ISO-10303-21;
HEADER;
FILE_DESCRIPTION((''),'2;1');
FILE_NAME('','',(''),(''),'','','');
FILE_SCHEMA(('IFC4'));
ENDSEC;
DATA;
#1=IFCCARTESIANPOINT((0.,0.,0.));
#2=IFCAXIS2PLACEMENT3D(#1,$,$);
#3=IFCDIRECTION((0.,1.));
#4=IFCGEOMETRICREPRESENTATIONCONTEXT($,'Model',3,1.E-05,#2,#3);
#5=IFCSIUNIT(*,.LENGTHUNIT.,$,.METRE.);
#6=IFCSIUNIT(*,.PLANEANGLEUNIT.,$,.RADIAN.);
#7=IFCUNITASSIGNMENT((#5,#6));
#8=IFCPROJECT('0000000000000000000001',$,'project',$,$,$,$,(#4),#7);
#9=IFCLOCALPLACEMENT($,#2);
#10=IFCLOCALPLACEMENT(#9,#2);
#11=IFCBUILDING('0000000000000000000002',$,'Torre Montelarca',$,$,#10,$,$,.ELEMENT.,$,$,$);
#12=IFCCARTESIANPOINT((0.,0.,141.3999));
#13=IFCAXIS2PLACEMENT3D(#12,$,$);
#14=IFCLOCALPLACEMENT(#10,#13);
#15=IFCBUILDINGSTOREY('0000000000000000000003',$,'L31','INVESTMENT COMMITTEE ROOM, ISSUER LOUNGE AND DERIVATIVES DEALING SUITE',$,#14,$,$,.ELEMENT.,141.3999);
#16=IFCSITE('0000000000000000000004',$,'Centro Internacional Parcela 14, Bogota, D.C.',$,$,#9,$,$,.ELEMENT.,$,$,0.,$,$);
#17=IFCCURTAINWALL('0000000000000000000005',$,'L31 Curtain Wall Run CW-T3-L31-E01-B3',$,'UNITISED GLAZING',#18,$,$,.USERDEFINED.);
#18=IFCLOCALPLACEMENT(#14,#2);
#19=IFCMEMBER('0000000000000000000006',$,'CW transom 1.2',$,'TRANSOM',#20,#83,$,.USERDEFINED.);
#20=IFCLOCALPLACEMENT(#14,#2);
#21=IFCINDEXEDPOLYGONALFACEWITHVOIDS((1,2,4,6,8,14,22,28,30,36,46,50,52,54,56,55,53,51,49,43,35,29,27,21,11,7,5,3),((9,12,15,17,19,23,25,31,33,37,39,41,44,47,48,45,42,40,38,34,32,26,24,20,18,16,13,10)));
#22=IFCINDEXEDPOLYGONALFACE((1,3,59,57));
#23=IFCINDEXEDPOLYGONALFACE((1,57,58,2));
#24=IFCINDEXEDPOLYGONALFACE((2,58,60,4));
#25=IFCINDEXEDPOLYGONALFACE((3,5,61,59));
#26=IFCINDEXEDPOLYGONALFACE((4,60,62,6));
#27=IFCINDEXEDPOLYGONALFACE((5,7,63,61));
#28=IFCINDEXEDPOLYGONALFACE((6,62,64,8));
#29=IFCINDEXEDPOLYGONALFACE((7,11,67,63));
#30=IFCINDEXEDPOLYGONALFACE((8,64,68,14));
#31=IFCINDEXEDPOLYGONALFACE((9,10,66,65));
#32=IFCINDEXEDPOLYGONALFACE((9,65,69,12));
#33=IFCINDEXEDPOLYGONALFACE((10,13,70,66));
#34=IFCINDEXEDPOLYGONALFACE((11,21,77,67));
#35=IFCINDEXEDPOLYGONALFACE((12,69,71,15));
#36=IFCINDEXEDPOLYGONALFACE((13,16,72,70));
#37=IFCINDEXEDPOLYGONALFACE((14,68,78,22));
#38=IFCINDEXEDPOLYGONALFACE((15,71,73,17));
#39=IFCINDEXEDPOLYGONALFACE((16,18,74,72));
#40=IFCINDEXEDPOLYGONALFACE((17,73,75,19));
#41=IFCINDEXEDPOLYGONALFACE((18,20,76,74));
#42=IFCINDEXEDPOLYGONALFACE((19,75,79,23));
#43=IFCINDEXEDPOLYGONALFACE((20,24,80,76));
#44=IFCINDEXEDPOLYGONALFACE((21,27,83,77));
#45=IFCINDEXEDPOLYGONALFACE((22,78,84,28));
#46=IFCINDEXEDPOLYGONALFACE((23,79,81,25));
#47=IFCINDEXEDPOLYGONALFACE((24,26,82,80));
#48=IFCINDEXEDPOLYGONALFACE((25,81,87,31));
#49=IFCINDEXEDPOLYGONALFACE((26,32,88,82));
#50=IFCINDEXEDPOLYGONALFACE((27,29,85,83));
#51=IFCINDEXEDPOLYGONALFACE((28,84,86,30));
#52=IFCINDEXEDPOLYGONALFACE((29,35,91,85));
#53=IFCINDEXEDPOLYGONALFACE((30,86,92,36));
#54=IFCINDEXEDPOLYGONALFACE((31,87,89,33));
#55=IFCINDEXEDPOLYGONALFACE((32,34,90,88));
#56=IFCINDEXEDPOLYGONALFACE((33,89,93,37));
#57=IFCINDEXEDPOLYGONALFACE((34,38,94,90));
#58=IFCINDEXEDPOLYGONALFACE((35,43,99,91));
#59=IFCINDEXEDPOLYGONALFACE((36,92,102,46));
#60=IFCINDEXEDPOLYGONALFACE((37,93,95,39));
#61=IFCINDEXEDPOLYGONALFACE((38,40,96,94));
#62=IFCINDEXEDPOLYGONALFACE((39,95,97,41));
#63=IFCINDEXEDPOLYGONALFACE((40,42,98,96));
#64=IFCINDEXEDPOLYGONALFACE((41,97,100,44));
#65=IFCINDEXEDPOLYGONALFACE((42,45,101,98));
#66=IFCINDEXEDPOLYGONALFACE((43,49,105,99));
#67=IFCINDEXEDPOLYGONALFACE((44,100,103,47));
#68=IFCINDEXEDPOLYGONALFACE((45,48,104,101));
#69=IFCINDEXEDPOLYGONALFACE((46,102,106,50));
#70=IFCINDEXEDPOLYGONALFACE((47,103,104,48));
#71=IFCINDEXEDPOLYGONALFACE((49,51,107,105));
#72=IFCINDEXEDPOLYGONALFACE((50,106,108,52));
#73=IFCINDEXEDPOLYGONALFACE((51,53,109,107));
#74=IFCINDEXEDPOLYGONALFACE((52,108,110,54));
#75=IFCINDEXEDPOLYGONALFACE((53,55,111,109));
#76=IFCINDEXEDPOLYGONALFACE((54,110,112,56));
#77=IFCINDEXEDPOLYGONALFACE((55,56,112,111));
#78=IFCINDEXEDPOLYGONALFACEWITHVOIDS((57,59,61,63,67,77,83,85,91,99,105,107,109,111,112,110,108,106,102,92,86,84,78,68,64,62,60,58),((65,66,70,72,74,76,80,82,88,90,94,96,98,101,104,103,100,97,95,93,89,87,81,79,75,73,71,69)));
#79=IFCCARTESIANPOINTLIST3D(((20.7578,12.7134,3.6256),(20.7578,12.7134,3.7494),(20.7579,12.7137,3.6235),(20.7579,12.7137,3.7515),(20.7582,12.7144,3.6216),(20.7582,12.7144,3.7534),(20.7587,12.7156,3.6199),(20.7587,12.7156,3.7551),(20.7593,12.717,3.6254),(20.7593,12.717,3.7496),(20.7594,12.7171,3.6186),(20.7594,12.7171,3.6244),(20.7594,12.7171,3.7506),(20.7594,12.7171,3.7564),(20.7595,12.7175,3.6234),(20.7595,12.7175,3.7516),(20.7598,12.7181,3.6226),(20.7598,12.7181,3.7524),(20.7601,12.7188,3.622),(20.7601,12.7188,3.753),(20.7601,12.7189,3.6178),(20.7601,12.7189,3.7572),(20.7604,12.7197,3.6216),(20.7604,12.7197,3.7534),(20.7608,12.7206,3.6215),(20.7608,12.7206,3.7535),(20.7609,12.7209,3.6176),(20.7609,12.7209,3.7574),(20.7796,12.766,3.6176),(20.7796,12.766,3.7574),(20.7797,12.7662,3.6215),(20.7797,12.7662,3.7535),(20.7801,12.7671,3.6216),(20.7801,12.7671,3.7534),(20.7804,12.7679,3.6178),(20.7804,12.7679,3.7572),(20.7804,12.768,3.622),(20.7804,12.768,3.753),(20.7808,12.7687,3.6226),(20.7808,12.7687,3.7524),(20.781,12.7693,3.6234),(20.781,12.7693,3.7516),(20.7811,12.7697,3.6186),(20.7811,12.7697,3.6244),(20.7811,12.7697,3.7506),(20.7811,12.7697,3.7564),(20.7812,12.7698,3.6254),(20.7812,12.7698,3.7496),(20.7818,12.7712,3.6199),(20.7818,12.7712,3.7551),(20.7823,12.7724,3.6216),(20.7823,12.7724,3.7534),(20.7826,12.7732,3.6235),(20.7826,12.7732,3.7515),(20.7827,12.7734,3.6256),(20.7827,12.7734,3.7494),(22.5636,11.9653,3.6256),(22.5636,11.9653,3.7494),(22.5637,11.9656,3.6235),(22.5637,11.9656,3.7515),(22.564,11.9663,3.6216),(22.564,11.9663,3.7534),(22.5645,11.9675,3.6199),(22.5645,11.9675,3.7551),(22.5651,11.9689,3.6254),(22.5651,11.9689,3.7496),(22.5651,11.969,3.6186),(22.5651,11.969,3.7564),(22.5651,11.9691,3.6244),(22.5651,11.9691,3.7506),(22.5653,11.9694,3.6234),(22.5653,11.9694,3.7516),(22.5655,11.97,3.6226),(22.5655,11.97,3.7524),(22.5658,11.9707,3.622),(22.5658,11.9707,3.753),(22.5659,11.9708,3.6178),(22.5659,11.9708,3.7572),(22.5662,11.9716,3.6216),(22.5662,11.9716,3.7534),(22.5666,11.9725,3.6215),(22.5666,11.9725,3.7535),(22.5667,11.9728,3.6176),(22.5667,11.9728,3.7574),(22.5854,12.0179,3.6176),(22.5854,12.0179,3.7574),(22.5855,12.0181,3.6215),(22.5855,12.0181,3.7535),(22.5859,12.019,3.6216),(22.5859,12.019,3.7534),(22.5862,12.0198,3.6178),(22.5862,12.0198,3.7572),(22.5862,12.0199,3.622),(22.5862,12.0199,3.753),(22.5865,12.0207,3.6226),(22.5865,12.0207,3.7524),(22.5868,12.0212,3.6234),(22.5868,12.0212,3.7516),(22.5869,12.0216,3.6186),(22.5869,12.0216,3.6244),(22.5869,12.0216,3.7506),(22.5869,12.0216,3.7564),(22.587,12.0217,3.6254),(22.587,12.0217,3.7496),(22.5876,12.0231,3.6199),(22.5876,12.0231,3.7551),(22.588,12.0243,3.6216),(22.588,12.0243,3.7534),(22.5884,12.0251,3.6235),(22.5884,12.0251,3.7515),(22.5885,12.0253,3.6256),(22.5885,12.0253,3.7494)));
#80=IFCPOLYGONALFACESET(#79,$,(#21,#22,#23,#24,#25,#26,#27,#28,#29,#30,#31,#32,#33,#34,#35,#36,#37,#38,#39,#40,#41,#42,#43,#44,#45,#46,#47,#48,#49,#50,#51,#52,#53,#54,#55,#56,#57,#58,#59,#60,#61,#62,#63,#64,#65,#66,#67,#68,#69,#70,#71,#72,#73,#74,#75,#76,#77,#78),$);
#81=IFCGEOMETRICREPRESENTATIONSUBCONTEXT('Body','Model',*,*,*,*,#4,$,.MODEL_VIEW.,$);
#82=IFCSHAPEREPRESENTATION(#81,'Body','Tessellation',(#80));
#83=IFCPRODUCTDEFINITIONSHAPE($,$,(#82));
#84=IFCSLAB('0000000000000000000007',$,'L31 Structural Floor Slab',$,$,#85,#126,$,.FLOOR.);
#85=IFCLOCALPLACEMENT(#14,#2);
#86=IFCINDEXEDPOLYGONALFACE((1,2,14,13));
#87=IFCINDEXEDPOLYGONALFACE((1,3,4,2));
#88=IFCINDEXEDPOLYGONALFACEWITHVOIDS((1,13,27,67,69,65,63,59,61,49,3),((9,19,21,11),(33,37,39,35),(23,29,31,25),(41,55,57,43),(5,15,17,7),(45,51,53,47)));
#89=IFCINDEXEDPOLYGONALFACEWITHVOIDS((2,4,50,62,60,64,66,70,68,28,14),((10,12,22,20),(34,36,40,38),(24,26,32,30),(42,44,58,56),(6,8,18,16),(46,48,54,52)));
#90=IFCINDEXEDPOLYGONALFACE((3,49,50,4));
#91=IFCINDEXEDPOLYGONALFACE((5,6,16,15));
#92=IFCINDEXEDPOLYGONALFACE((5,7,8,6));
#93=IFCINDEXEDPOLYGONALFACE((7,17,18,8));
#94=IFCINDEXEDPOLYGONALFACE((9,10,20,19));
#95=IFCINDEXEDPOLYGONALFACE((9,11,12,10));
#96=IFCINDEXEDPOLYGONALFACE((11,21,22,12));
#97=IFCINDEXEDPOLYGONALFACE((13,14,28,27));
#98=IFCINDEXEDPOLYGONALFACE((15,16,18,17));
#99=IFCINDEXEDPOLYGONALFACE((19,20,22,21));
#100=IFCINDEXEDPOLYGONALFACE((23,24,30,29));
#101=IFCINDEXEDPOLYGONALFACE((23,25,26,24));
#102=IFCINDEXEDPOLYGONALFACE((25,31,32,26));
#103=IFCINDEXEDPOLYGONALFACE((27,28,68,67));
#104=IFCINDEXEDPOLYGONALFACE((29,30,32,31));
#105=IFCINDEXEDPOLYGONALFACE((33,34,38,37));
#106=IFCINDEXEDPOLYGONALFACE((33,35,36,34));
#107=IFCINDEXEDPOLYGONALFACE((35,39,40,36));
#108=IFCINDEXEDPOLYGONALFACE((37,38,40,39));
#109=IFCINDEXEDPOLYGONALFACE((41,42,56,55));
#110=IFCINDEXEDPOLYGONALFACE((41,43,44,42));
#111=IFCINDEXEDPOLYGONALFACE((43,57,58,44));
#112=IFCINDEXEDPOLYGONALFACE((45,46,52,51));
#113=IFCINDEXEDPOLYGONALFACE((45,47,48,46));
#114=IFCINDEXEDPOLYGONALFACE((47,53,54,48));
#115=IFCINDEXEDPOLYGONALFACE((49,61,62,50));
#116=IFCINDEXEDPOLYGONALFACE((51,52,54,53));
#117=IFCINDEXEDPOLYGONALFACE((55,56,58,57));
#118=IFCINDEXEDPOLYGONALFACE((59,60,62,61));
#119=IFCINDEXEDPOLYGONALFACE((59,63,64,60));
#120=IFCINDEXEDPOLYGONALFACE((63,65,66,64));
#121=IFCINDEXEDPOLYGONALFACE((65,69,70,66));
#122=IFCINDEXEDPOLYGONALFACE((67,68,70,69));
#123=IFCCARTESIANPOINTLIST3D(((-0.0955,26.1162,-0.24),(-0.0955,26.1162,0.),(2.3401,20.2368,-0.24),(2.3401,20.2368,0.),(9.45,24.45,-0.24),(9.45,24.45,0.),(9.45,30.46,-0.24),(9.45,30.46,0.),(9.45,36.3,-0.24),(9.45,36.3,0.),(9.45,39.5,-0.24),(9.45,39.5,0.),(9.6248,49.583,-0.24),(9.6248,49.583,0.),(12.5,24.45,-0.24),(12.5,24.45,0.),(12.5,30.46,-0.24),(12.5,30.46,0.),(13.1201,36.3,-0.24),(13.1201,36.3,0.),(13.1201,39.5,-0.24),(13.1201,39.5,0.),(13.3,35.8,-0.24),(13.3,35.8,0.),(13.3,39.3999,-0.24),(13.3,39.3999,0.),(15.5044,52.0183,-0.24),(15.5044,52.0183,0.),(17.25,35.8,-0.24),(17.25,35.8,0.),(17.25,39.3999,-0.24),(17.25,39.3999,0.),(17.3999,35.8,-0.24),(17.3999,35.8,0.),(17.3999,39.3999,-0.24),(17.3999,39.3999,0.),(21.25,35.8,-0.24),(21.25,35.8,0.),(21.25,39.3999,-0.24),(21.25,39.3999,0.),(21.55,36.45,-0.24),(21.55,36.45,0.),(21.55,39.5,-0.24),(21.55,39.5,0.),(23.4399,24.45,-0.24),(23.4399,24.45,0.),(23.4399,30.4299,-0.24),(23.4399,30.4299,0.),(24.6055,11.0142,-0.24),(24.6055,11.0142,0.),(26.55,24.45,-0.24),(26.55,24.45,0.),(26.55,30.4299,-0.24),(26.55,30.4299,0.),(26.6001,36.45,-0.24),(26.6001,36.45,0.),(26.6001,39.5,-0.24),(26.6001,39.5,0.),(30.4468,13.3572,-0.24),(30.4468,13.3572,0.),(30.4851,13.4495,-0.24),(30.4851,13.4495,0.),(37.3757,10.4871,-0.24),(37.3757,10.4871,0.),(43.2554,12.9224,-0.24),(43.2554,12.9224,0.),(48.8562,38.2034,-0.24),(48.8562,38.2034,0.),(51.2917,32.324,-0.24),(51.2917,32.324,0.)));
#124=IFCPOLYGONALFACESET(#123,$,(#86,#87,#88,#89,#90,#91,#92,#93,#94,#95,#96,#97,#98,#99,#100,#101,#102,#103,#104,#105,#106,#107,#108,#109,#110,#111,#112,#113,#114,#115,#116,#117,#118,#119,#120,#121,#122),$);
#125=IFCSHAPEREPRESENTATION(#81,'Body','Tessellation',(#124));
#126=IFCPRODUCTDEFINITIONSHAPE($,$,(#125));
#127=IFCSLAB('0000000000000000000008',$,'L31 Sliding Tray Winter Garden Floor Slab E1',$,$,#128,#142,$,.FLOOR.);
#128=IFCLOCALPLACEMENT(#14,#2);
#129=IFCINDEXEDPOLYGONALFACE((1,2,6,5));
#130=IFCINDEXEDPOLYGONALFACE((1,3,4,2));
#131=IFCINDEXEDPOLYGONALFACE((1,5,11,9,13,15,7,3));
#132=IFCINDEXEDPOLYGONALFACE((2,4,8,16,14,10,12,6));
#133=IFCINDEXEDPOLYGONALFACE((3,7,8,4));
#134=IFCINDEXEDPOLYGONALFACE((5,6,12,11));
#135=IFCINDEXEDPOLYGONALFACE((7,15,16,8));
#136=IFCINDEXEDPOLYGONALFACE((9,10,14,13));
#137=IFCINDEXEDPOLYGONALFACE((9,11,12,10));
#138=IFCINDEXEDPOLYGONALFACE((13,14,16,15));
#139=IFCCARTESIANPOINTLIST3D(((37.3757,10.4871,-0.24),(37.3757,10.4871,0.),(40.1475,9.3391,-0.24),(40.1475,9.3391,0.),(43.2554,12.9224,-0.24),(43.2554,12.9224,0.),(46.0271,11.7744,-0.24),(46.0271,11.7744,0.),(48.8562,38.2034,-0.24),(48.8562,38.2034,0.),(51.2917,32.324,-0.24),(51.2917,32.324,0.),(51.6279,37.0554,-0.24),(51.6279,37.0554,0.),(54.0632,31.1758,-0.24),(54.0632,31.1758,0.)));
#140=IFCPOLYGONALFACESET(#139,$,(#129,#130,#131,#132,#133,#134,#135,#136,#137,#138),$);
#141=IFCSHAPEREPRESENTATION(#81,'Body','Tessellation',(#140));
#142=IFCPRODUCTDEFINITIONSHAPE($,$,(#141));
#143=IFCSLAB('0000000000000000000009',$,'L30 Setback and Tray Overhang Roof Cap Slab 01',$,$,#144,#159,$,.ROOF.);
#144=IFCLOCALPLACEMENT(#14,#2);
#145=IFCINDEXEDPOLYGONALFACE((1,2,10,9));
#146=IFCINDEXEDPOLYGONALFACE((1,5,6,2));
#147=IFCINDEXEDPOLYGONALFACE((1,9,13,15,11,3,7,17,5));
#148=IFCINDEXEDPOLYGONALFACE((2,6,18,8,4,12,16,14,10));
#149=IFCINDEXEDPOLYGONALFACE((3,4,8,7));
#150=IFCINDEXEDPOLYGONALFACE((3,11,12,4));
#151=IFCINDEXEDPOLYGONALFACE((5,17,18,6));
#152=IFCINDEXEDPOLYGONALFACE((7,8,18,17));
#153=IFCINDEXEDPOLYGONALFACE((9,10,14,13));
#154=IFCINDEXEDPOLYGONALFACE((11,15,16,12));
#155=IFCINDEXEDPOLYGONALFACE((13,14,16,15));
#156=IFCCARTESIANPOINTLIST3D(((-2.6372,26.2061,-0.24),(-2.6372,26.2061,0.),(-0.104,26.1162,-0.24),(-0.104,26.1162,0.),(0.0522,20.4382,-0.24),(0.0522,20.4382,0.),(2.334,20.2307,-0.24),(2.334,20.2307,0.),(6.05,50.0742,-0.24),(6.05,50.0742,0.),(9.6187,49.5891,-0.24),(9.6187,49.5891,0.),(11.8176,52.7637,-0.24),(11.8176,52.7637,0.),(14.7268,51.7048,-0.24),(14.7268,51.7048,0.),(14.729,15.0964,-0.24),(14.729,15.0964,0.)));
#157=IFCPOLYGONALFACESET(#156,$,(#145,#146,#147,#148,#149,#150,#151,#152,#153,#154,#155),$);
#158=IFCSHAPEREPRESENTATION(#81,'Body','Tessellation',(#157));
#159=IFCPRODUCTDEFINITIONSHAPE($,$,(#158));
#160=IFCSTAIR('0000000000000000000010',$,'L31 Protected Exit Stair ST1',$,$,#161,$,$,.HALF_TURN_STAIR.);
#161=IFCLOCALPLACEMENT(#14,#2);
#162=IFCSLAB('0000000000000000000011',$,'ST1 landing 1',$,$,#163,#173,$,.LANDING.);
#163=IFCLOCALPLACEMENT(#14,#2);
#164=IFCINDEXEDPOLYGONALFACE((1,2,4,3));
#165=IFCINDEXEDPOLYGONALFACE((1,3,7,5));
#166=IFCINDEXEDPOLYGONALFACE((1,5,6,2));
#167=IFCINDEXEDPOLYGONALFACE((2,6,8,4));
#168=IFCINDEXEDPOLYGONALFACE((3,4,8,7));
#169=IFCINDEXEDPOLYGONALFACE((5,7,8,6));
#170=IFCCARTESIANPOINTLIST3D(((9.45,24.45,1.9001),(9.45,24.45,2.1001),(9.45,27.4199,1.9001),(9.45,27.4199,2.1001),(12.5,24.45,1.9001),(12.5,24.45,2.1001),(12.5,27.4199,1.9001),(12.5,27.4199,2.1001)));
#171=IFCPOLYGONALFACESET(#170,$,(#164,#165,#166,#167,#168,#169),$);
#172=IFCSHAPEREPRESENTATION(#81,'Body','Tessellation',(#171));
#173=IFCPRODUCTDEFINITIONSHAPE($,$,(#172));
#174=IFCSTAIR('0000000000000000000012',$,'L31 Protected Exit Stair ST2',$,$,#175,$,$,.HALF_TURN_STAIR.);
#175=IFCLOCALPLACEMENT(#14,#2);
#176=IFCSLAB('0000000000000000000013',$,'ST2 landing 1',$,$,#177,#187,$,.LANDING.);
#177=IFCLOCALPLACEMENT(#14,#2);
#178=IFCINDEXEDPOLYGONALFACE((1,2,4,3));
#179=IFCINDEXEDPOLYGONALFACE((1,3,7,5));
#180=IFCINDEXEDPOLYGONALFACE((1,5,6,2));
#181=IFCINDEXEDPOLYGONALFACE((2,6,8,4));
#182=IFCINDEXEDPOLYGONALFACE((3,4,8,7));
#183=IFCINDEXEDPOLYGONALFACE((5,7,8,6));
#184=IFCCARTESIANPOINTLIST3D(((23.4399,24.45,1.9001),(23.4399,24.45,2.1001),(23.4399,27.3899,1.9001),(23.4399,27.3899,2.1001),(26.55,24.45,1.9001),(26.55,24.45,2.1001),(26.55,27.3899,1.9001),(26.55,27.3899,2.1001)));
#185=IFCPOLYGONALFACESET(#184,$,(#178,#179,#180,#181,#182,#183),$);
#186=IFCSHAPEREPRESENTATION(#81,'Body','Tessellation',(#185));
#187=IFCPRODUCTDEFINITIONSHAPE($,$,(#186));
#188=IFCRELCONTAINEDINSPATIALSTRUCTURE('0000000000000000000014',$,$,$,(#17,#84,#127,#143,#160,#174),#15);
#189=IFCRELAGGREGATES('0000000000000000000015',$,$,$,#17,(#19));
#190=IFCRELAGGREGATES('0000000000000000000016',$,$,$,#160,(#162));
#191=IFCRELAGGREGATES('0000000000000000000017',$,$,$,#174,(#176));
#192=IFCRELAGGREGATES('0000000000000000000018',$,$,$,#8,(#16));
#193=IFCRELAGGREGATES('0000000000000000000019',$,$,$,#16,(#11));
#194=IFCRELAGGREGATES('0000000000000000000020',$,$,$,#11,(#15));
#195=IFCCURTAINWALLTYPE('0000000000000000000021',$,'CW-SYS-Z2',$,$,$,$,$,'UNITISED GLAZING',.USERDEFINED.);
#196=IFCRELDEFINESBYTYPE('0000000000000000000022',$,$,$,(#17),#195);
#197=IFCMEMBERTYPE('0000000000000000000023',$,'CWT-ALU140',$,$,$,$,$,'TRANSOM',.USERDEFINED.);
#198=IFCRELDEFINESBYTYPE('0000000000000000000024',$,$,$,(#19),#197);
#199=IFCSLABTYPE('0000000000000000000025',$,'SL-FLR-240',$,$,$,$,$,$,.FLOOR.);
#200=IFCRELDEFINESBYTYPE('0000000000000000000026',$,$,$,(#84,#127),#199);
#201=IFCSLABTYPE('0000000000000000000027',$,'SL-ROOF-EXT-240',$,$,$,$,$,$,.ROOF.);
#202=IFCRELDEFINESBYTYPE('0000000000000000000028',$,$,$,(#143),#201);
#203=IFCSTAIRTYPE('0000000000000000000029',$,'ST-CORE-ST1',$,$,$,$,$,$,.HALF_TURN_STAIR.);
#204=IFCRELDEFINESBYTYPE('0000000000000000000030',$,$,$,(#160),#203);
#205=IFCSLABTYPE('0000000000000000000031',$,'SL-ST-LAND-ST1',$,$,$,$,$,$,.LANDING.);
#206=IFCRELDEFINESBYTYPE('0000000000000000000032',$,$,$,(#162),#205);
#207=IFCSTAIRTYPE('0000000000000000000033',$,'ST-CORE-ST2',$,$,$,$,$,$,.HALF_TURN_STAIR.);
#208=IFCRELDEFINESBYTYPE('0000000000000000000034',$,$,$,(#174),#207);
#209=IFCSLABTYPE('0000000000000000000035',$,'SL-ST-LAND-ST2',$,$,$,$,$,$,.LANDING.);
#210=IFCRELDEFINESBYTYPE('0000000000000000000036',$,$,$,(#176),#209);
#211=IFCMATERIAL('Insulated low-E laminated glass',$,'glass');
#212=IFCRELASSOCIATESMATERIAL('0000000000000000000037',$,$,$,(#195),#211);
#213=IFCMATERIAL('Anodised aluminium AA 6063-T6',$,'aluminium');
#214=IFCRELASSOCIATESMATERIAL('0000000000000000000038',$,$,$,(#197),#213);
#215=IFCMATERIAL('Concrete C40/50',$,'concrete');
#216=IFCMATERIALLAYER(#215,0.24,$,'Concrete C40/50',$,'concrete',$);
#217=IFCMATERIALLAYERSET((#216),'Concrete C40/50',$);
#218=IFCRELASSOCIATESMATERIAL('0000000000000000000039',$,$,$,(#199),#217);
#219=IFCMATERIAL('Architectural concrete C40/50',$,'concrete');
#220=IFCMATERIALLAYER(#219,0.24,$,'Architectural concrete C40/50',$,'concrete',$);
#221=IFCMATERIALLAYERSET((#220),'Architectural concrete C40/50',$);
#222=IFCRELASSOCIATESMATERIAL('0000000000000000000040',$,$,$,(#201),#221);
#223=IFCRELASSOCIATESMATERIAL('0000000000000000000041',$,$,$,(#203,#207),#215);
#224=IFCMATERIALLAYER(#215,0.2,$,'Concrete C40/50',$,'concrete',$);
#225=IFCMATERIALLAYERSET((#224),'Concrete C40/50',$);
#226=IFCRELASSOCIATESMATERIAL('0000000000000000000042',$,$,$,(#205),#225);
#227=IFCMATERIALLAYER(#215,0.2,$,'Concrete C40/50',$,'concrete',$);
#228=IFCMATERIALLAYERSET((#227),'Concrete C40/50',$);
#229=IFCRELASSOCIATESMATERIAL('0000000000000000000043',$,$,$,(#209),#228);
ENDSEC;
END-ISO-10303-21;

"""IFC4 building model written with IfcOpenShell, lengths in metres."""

from ifc_helpers import new_model, si_unit, direction, frame, origin, origin_2d, place, context, subcontext, project, spatial, polyline, hollow_rectangle, outline, extrude, source, transform, mapped, material, layer, layer_set, material_profile, profile_set, type_object, element, aggregate, save


model = new_model("IFC4")

# Units and contexts
model_context = context("Model", 3, precision=1e-05, world=origin(), true_north=direction((0.0, 1.0)))
body_context = subcontext(model_context, "Body", "Model", "MODEL_VIEW")
ifc_project = project(units=[si_unit("LENGTHUNIT", "METRE"), si_unit("PLANEANGLEUNIT", "RADIAN")], contexts=[model_context])

# Site, building, storey
site_placement = place(None, origin())
site = spatial("IfcSite", under=ifc_project, at=site_placement, Name="Centro Internacional Parcela 14, Bogota, D.C.", CompositionType="ELEMENT", RefElevation=0.0)
building_placement = place(site_placement, origin())
building = spatial("IfcBuilding", under=site, at=building_placement, Name="Torre Montelarca", CompositionType="ELEMENT")
storey_placement = place(building_placement, frame((0.0, 0.0, 141.3999)))
storey = spatial("IfcBuildingStorey", under=building, at=storey_placement, Name="L31", Description="INVESTMENT COMMITTEE ROOM, ISSUER LOUNGE AND DERIVATIVES DEALING SUITE", CompositionType="ELEMENT", Elevation=141.3999)

# Shared definitions
ifc_material_1 = material(Name="Insulated low-E laminated glass", Category="glass")
curtain_wall_type = type_object("IfcCurtainWallType", Name="CW-SYS-Z2", ElementType="UNITISED GLAZING", PredefinedType="USERDEFINED", material=ifc_material_1)
ifc_material_2 = material(Name="Anodised aluminium AA 6063-T6", Category="aluminium")

# Curtain wall
curtain_wall_1_placement = place(storey_placement, origin())
curtain_wall_1 = element("IfcCurtainWall", 1, at=curtain_wall_1_placement, inside=storey, type_object=curtain_wall_type, Name="L31 Curtain Wall Run CW-T3-L31-E01-B3", ObjectType="UNITISED GLAZING", PredefinedType="USERDEFINED")

# Member
ifc_material_profile_1 = material_profile(ifc_material_2, hollow_rectangle(XDim=0.0649, YDim=0.1399, WallThickness=0.0039, InnerFilletRadius=0.0039, OuterFilletRadius=0.0081, at=origin_2d()), Name="ALU65X140X4", Category="aluminium")
ifc_profile_set_1 = profile_set([ifc_material_profile_1], Name="Anodised aluminium AA 6063-T6")
member_type_1 = type_object("IfcMemberType", Name="CWT-ALU140", ElementType="TRANSOM", PredefinedType="USERDEFINED", material=ifc_profile_set_1)
shared_shape_1 = source(origin(), body_context, "Body", "SweptSolid", [
    extrude(hollow_rectangle(XDim=0.0649, YDim=0.1399, WallThickness=0.0039, InnerFilletRadius=0.0039, OuterFilletRadius=0.0081, at=origin_2d()), origin(), (0.0, 0.0, 1.0), 1.9546),
])
member_1_placement = place(storey_placement, frame((20.7703, 12.7434, 3.6875), z_axis=(0.923858, -0.382734, 0.0), x_axis=(0.382734, 0.923858, 0.0)))
member_1 = element("IfcMember", 2, at=member_1_placement, type_object=member_type_1, Name="CW transom 1.2", ObjectType="TRANSOM", PredefinedType="USERDEFINED", context=body_context, shape_type="MappedRepresentation", body=[
    mapped(shared_shape_1, transform((0.0, 0.0, 0.0), scale=1.0)),
])
aggregate(curtain_wall_1, [member_1])

# Slabs
ifc_material_3 = material(Name="Concrete C40/50", Category="concrete")
ifc_layer_1 = layer(ifc_material_3, 0.24, Name="Concrete C40/50", Category="concrete")
ifc_layer_set_1 = layer_set([ifc_layer_1], Name="Concrete C40/50")
slab_type_1 = type_object("IfcSlabType", Name="SL-FLR-240", PredefinedType="FLOOR", material=ifc_layer_set_1)
slab_1_placement = place(storey_placement, frame((0.0, 0.0, -0.24)))
element("IfcSlab", 3, at=slab_1_placement, inside=storey, type_object=slab_type_1, Name="L31 Structural Floor Slab", PredefinedType="FLOOR", context=body_context, shape_type="SweptSolid", body=[
    extrude(outline(polyline([(24.6055, 11.0142), (30.4851, 13.4495), (30.4468, 13.3572), (37.3757, 10.4871), (43.2554, 12.9224), (51.2917, 32.324), (48.8562, 38.2034), (15.5044, 52.0183), (9.6248, 49.583), (-0.0955, 26.1162), (2.3401, 20.2368), (24.6055, 11.0142)]), holes=[polyline([(26.55, 24.45), (23.4399, 24.45), (23.4399, 30.4299), (26.55, 30.4299), (26.55, 24.45)]), polyline([(9.45, 24.45), (9.45, 30.46), (12.5, 30.46), (12.5, 24.45), (9.45, 24.45)]), polyline([(17.25, 35.8), (13.3, 35.8), (13.3, 39.3999), (17.25, 39.3999), (17.25, 35.8)]), polyline([(21.25, 39.3999), (21.25, 35.8), (17.3999, 35.8), (17.3999, 39.3999), (21.25, 39.3999)]), polyline([(13.1201, 36.3), (9.45, 36.3), (9.45, 39.5), (13.1201, 39.5), (13.1201, 36.3)]), polyline([(26.6001, 36.45), (21.55, 36.45), (21.55, 39.5), (26.6001, 39.5), (26.6001, 36.45)])]), origin(), (0.0, 0.0, 1.0), 0.24),
])
slab_2_placement = place(storey_placement, frame((0.0, 0.0, -0.24)))
element("IfcSlab", 4, at=slab_2_placement, inside=storey, type_object=slab_type_1, Name="L31 Sliding Tray Winter Garden Floor Slab E1", PredefinedType="FLOOR", context=body_context, shape_type="SweptSolid", body=[
    extrude(outline(polyline([(48.8562, 38.2034), (51.2917, 32.324), (43.2554, 12.9224), (37.3757, 10.4871), (40.1475, 9.3391), (46.0271, 11.7744), (54.0632, 31.1758), (51.6279, 37.0554), (48.8562, 38.2034)])), origin(), (0.0, 0.0, 1.0), 0.24),
])
ifc_material_4 = material(Name="Architectural concrete C40/50", Category="concrete")
ifc_layer_2 = layer(ifc_material_4, 0.24, Name="Architectural concrete C40/50", Category="concrete")
ifc_layer_set_2 = layer_set([ifc_layer_2], Name="Architectural concrete C40/50")
slab_type_2 = type_object("IfcSlabType", Name="SL-ROOF-EXT-240", PredefinedType="ROOF", material=ifc_layer_set_2)
slab_3_placement = place(storey_placement, frame((0.0, 0.0, -0.24)))
element("IfcSlab", 5, at=slab_3_placement, inside=storey, type_object=slab_type_2, Name="L30 Setback and Tray Overhang Roof Cap Slab 01", PredefinedType="ROOF", context=body_context, shape_type="SweptSolid", body=[
    extrude(outline(polyline([(2.334, 20.2307), (-0.104, 26.1162), (9.6187, 49.5891), (14.7268, 51.7048), (11.8176, 52.7637), (6.05, 50.0742), (-2.6372, 26.2061), (0.0522, 20.4382), (14.729, 15.0964), (2.334, 20.2307)])), origin(), (0.0, 0.0, 1.0), 0.24),
])

# Stairs, slabs
stair_type_1 = type_object("IfcStairType", Name="ST-CORE-ST1", PredefinedType="HALF_TURN_STAIR", material=ifc_material_3)
stair_1_placement = place(storey_placement, origin())
stair_1 = element("IfcStair", 6, at=stair_1_placement, inside=storey, type_object=stair_type_1, Name="L31 Protected Exit Stair ST1", PredefinedType="HALF_TURN_STAIR")
ifc_layer_3 = layer(ifc_material_3, 0.2, Name="Concrete C40/50", Category="concrete")
ifc_layer_set_3 = layer_set([ifc_layer_3], Name="Concrete C40/50")
slab_type_3 = type_object("IfcSlabType", Name="SL-ST-LAND-ST1", PredefinedType="LANDING", material=ifc_layer_set_3)
slab_4_placement = place(storey_placement, frame((0.0, 0.0, 1.9001)))
slab_4 = element("IfcSlab", 7, at=slab_4_placement, type_object=slab_type_3, Name="ST1 landing 1", PredefinedType="LANDING", context=body_context, shape_type="SweptSolid", body=[
    extrude(outline(polyline([(9.45, 27.4199), (9.45, 24.45), (12.5, 24.45), (12.5, 27.4199), (9.45, 27.4199)])), origin(), (0.0, 0.0, 1.0), 0.2),
])
aggregate(stair_1, [slab_4])
stair_type_2 = type_object("IfcStairType", Name="ST-CORE-ST2", PredefinedType="HALF_TURN_STAIR", material=ifc_material_3)
stair_2_placement = place(storey_placement, origin())
stair_2 = element("IfcStair", 8, at=stair_2_placement, inside=storey, type_object=stair_type_2, Name="L31 Protected Exit Stair ST2", PredefinedType="HALF_TURN_STAIR")
ifc_layer_4 = layer(ifc_material_3, 0.2, Name="Concrete C40/50", Category="concrete")
ifc_layer_set_4 = layer_set([ifc_layer_4], Name="Concrete C40/50")
slab_type_4 = type_object("IfcSlabType", Name="SL-ST-LAND-ST2", PredefinedType="LANDING", material=ifc_layer_set_4)
slab_5_placement = place(storey_placement, frame((0.0, 0.0, 1.9001)))
slab_5 = element("IfcSlab", 9, at=slab_5_placement, type_object=slab_type_4, Name="ST2 landing 1", PredefinedType="LANDING", context=body_context, shape_type="SweptSolid", body=[
    extrude(outline(polyline([(23.4399, 27.3899), (23.4399, 24.45), (26.55, 24.45), (26.55, 27.3899), (23.4399, 27.3899)])), origin(), (0.0, 0.0, 1.0), 0.2),
])
aggregate(stair_2, [slab_5])

save(model, "model.ifc")
